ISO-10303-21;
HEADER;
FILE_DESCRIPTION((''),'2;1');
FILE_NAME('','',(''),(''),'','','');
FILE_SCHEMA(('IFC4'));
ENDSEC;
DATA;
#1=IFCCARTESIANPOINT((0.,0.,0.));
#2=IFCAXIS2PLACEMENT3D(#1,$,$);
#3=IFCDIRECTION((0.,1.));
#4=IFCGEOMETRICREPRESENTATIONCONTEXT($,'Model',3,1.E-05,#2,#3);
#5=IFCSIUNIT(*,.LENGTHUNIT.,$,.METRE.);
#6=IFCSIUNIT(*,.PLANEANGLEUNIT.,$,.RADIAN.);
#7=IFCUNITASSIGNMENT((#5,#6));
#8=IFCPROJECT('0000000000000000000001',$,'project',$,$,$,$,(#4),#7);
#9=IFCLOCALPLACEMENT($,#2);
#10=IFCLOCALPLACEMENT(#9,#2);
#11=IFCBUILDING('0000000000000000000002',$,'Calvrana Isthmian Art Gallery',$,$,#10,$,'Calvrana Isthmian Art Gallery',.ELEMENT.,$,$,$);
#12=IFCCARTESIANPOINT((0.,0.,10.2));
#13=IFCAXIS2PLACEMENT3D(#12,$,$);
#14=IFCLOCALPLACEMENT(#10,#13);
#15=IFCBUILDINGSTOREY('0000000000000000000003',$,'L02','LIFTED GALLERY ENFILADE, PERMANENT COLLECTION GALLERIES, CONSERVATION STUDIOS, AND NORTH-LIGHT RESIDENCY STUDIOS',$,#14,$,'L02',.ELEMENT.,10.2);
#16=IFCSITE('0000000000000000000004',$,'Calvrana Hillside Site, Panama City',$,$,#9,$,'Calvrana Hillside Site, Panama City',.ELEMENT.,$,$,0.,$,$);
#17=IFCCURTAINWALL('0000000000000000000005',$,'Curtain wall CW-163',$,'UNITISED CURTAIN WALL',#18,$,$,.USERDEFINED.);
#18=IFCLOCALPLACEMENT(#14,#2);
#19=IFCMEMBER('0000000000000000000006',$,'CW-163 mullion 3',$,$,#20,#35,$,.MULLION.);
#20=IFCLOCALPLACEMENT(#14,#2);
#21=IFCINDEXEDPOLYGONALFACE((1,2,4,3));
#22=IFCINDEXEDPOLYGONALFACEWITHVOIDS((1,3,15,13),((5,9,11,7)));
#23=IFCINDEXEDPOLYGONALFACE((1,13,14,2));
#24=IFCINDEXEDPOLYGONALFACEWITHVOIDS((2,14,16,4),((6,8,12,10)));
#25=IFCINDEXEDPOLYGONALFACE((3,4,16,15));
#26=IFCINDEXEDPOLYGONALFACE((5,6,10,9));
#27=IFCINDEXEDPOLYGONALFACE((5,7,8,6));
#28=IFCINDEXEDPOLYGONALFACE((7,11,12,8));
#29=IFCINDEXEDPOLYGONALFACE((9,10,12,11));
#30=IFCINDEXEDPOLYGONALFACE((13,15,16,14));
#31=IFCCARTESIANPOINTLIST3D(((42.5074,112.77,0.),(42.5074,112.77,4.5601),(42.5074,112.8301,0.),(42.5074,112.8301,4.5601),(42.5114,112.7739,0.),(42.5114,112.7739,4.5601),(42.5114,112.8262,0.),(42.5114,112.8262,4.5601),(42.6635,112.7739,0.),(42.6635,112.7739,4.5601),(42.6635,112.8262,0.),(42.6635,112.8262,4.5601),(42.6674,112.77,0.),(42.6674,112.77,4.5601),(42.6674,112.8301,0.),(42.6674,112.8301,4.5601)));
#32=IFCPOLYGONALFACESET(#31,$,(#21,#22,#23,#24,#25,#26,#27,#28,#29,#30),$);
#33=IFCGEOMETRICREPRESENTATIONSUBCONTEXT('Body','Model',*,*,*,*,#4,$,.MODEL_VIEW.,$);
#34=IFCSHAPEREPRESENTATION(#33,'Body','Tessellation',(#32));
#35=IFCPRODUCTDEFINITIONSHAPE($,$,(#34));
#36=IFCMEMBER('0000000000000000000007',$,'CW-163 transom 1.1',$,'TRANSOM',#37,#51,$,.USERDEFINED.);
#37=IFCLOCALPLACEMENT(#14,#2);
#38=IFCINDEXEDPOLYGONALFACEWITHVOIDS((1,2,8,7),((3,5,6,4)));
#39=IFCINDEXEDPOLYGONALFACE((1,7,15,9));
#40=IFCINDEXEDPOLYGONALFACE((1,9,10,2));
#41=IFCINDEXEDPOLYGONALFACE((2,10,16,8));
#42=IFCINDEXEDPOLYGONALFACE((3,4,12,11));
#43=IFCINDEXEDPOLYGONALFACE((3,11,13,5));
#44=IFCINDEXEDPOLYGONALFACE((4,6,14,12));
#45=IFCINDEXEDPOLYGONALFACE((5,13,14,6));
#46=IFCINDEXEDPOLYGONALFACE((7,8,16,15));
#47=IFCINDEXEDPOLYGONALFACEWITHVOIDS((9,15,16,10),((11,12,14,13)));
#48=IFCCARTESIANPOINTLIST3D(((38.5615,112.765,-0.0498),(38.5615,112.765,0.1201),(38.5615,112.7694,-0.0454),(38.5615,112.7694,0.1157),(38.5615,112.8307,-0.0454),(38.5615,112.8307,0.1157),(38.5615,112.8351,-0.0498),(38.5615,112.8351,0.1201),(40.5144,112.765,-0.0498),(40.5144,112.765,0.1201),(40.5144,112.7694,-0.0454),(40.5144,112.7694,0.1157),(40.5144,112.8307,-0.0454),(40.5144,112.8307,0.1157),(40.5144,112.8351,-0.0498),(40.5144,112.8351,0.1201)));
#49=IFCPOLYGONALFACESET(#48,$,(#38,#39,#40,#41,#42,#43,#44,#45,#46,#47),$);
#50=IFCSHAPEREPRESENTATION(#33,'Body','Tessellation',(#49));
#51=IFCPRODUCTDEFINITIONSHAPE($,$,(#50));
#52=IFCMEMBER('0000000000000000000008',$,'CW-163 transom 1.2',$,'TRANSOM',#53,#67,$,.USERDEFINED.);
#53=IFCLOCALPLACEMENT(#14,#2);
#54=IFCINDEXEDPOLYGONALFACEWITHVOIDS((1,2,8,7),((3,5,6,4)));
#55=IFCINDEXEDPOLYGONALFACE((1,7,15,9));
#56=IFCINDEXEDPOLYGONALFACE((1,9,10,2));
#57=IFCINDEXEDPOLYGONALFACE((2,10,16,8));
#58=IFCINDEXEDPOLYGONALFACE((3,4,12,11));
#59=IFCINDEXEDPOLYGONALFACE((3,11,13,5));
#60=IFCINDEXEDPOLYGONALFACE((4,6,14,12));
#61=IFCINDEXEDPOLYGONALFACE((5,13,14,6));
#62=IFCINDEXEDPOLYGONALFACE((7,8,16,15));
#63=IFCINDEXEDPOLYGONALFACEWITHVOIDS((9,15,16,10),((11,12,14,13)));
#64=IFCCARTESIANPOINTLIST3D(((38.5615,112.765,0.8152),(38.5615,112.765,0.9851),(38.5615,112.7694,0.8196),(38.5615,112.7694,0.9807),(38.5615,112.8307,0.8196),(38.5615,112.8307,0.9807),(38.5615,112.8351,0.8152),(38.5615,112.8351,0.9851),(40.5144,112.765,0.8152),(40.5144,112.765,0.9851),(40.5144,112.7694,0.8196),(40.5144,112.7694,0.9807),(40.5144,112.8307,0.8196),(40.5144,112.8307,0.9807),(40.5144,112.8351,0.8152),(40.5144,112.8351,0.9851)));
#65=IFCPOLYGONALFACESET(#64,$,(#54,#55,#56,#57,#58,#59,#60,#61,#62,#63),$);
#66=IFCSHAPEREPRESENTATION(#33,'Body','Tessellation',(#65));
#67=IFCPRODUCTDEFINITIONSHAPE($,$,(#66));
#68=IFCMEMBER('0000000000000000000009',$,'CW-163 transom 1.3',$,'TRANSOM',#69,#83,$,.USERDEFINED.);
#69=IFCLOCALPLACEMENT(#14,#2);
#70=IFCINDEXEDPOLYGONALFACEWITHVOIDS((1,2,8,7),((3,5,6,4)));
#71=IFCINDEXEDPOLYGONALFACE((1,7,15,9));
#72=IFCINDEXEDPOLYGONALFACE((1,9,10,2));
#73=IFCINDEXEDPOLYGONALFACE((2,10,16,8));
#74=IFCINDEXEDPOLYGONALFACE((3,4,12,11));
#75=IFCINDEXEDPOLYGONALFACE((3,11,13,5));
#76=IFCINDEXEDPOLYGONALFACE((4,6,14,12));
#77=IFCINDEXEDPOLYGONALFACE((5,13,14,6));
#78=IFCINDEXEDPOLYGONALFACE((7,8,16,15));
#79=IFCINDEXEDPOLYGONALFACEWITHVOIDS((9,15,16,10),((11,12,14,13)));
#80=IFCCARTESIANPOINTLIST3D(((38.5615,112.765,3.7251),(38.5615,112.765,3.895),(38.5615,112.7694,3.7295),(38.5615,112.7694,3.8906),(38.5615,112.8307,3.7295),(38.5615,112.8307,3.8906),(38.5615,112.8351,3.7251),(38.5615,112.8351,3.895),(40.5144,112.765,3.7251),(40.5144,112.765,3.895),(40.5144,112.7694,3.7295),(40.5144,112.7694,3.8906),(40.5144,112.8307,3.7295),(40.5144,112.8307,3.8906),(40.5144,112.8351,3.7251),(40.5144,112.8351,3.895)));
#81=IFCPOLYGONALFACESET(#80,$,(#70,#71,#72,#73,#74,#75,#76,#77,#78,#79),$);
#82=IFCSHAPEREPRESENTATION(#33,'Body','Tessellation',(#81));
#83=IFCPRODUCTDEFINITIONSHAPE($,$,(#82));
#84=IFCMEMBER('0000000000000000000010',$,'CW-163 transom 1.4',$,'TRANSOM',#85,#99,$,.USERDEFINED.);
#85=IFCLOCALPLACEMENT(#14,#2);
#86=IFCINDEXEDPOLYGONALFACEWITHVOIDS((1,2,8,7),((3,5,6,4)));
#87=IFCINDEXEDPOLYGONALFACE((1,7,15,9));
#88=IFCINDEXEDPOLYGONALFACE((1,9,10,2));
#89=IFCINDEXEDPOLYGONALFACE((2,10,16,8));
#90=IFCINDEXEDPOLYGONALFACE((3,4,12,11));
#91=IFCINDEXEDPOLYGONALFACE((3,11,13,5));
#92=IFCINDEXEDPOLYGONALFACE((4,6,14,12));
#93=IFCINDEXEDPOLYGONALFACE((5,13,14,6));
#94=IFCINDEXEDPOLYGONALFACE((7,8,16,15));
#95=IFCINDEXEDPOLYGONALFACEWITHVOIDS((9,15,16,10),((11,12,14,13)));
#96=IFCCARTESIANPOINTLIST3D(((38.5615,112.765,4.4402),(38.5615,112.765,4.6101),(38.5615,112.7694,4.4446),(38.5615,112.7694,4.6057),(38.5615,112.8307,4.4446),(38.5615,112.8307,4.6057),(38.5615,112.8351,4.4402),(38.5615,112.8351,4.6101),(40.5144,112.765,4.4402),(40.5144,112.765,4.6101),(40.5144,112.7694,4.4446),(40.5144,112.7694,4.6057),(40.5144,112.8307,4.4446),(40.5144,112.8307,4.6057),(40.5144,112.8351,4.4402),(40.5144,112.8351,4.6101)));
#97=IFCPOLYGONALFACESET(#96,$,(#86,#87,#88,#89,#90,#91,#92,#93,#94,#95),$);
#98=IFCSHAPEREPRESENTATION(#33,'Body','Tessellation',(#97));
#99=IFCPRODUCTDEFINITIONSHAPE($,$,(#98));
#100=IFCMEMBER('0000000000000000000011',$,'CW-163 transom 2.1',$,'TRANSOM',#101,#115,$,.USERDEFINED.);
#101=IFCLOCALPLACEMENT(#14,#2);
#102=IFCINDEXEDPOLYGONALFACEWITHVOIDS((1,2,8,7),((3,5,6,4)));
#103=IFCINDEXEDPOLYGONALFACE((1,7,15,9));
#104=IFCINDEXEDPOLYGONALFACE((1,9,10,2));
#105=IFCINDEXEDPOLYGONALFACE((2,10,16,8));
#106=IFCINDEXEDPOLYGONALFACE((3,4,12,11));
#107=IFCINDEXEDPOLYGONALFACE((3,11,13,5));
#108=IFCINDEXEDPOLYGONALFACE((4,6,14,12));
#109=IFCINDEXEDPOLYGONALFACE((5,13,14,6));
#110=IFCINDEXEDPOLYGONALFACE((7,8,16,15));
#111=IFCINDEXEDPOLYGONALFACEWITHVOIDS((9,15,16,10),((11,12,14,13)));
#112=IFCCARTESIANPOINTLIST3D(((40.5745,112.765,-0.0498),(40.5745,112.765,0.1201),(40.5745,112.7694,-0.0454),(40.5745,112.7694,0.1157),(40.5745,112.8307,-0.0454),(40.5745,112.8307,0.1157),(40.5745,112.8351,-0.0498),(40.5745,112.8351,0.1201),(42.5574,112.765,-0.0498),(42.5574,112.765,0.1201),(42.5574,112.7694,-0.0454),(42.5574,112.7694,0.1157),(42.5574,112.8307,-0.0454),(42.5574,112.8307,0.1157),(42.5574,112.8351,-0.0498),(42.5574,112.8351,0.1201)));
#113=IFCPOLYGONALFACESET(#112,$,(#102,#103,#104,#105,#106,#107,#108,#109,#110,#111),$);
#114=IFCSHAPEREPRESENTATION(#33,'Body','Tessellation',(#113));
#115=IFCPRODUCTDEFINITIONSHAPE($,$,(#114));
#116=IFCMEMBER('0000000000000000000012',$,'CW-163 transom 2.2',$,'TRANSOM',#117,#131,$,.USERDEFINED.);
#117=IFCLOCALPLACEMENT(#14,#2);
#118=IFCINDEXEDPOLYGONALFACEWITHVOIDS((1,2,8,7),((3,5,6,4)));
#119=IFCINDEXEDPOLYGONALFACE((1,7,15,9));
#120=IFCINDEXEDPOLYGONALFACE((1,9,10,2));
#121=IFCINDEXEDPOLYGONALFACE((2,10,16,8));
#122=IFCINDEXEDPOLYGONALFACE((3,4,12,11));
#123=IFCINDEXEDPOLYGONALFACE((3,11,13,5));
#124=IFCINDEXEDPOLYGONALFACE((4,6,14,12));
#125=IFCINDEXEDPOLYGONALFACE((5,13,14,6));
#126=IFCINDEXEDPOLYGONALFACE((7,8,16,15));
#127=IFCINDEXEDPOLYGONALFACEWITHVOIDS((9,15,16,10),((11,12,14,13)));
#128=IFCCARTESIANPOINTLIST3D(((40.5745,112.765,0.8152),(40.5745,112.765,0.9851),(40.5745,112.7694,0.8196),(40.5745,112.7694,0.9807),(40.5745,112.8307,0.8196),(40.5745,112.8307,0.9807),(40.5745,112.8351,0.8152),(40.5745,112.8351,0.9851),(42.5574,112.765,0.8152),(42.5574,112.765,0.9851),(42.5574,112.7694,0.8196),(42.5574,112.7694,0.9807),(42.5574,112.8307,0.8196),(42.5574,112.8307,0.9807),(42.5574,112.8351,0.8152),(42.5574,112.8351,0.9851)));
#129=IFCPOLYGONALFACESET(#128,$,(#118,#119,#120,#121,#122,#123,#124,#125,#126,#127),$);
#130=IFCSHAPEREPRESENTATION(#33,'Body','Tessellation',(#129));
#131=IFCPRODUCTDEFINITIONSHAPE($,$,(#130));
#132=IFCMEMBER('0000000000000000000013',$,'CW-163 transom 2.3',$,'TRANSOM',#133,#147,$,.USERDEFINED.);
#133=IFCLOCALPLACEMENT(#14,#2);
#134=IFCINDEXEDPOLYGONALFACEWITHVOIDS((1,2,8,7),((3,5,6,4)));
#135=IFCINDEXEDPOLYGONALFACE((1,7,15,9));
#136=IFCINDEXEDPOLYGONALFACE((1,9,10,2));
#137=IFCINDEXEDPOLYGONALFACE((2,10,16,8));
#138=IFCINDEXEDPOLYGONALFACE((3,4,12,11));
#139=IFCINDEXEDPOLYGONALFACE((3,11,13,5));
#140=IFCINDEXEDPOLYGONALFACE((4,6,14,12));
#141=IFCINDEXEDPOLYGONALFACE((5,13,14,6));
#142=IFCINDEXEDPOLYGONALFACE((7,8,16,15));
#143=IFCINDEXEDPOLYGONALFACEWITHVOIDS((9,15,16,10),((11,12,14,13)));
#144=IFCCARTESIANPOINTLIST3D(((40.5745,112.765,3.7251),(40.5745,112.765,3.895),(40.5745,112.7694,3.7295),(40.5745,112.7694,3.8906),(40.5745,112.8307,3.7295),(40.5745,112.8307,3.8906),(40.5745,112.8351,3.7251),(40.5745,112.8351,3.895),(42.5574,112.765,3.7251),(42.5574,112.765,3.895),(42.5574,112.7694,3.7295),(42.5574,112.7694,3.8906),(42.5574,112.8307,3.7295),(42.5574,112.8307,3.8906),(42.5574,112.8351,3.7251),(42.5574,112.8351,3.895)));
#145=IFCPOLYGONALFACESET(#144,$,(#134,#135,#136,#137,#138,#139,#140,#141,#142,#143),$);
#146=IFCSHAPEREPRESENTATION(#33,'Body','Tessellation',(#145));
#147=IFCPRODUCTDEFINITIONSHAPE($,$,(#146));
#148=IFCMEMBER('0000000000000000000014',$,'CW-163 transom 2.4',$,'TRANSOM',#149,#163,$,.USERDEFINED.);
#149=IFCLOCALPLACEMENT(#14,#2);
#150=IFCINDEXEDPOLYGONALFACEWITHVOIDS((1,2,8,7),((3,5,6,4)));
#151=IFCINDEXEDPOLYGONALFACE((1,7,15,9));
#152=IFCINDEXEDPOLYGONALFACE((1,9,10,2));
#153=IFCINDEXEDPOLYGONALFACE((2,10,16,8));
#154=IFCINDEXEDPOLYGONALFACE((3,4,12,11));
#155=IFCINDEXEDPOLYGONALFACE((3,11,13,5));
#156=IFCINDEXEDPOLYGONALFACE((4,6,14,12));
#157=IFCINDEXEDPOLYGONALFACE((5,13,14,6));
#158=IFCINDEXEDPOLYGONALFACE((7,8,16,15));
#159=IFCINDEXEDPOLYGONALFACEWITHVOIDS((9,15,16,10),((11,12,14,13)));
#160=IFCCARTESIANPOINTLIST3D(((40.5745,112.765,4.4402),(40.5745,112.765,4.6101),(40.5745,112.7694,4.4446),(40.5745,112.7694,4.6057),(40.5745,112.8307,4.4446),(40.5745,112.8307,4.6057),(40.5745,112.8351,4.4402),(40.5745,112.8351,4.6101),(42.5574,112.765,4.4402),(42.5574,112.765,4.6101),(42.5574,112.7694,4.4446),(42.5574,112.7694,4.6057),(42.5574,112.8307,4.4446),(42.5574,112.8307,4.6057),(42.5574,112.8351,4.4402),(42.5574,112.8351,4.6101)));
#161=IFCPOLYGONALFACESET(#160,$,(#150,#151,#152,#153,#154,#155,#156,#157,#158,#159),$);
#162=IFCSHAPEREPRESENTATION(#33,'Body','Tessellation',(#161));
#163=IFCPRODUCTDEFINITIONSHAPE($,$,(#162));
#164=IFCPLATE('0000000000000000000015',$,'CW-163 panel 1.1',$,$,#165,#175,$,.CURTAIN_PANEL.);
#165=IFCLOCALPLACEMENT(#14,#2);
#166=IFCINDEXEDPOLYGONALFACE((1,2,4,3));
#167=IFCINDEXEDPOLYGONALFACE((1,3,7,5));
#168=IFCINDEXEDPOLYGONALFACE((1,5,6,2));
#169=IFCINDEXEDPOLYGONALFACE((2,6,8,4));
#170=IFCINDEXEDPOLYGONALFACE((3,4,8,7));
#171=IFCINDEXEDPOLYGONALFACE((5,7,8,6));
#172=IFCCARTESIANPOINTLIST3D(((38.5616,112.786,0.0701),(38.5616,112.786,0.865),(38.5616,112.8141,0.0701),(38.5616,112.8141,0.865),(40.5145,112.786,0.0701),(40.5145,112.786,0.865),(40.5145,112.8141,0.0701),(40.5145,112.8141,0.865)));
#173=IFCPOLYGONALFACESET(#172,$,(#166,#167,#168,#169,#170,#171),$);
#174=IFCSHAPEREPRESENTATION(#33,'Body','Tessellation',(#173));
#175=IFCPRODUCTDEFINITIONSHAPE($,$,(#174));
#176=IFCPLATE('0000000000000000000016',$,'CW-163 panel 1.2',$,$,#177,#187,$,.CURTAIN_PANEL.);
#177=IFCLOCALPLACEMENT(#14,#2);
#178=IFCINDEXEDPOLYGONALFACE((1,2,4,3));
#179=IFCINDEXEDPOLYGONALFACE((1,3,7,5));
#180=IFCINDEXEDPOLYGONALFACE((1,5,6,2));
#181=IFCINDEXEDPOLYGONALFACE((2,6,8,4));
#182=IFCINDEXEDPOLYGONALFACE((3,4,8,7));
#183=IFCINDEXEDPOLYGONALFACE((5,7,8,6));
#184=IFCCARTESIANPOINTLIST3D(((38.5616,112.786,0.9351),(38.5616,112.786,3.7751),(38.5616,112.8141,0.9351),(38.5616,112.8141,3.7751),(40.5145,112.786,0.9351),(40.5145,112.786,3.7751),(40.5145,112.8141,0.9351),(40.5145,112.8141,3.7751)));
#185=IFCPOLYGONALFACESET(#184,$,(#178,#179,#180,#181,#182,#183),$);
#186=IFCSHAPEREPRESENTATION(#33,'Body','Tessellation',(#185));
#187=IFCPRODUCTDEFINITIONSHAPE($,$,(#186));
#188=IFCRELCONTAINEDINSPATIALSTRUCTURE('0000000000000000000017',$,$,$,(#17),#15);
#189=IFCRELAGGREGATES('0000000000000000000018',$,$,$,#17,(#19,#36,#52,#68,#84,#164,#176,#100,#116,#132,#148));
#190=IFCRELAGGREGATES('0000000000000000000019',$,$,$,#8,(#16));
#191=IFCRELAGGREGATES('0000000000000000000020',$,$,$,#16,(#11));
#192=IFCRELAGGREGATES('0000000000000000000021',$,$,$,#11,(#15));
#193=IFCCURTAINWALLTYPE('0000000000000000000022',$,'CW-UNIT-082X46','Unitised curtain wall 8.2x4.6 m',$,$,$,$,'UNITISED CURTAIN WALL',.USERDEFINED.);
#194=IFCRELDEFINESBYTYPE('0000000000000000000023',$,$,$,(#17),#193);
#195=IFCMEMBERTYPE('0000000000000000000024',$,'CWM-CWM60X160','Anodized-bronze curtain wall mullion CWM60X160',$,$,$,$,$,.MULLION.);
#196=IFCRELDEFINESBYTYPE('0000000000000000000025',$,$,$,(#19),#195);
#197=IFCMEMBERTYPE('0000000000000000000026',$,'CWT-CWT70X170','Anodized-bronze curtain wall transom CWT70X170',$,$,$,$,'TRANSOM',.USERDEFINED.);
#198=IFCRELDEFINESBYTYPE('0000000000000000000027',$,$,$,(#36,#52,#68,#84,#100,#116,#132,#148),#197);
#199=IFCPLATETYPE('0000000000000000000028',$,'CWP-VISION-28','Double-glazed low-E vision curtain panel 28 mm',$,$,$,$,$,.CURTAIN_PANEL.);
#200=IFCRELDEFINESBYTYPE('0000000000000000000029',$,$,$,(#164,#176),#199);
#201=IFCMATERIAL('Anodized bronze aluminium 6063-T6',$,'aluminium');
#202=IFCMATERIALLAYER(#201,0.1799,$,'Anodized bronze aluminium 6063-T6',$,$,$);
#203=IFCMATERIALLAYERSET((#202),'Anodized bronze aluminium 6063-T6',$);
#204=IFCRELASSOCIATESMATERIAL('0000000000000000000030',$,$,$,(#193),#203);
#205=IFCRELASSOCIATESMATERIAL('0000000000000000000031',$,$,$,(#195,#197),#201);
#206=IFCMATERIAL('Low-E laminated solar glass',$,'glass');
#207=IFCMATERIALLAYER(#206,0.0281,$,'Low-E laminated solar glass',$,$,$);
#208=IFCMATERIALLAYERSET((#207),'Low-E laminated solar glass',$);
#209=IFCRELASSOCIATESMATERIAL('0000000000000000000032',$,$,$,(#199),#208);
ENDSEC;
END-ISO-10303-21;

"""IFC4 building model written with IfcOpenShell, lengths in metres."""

from ifc_helpers import new_model, si_unit, direction, frame, origin, origin_2d, place, context, subcontext, project, spatial, rectangle, hollow_rectangle, extrude, material, layer, layer_set, material_profile, profile_set, type_object, element, aggregate, save


model = new_model("IFC4")

# Units and contexts
model_context = context("Model", 3, precision=1e-05, world=origin(), true_north=direction((0.0, 1.0)))
body_context = subcontext(model_context, "Body", "Model", "MODEL_VIEW")
ifc_project = project(units=[si_unit("LENGTHUNIT", "METRE"), si_unit("PLANEANGLEUNIT", "RADIAN")], contexts=[model_context])

# Site, building, storey
site_placement = place(None, origin())
site = spatial("IfcSite", under=ifc_project, at=site_placement, Name="Calvrana Hillside Site, Panama City", LongName="Calvrana Hillside Site, Panama City", CompositionType="ELEMENT", RefElevation=0.0)
building_placement = place(site_placement, origin())
building = spatial("IfcBuilding", under=site, at=building_placement, Name="Calvrana Isthmian Art Gallery", LongName="Calvrana Isthmian Art Gallery", CompositionType="ELEMENT")
storey_placement = place(building_placement, frame((0.0, 0.0, 10.2)))
storey = spatial("IfcBuildingStorey", under=building, at=storey_placement, Name="L02", Description="LIFTED GALLERY ENFILADE, PERMANENT COLLECTION GALLERIES, CONSERVATION STUDIOS, AND NORTH-LIGHT RESIDENCY STUDIOS", LongName="L02", CompositionType="ELEMENT", Elevation=10.2)

# Curtain wall, members, plates
ifc_material_1 = material(Name="Anodized bronze aluminium 6063-T6", Category="aluminium")
ifc_layer_1 = layer(ifc_material_1, 0.1799, Name="Anodized bronze aluminium 6063-T6")
ifc_layer_set_1 = layer_set([ifc_layer_1], Name="Anodized bronze aluminium 6063-T6")
curtain_wall_type = type_object("IfcCurtainWallType", Name="CW-UNIT-082X46", Description="Unitised curtain wall 8.2x4.6 m", ElementType="UNITISED CURTAIN WALL", PredefinedType="USERDEFINED", material=ifc_layer_set_1)
curtain_wall_placement = place(storey_placement, origin())
curtain_wall = element("IfcCurtainWall", 1, at=curtain_wall_placement, inside=storey, type_object=curtain_wall_type, Name="Curtain wall CW-163", ObjectType="UNITISED CURTAIN WALL", PredefinedType="USERDEFINED")
ifc_material_profile_1 = material_profile(ifc_material_1, hollow_rectangle(XDim=0.0601, YDim=0.1599, WallThickness=0.0039, at=origin_2d()), Name="CWM60X160")
ifc_profile_set_1 = profile_set([ifc_material_profile_1], Name="Anodized bronze aluminium 6063-T6")
member_type_1 = type_object("IfcMemberType", Name="CWM-CWM60X160", Description="Anodized-bronze curtain wall mullion CWM60X160", PredefinedType="MULLION", material=ifc_profile_set_1)
member_1_placement = place(storey_placement, frame((42.5874, 112.8, 0.0), z_axis=(0.0, 0.0, 1.0), x_axis=(0.0, 1.0, 0.0)))
member_1 = element("IfcMember", 2, at=member_1_placement, type_object=member_type_1, Name="CW-163 mullion 3", PredefinedType="MULLION", context=body_context, shape_type="SweptSolid", body=[
    extrude(hollow_rectangle(XDim=0.0601, YDim=0.1599, WallThickness=0.0039, at=origin_2d()), origin(), (0.0, 0.0, 1.0), 4.5601),
])
ifc_material_profile_2 = material_profile(ifc_material_1, hollow_rectangle(XDim=0.0701, YDim=0.1699, WallThickness=0.0044, at=origin_2d()), Name="CWT70X170")
ifc_profile_set_2 = profile_set([ifc_material_profile_2], Name="Anodized bronze aluminium 6063-T6")
member_type_2 = type_object("IfcMemberType", Name="CWT-CWT70X170", Description="Anodized-bronze curtain wall transom CWT70X170", ElementType="TRANSOM", PredefinedType="USERDEFINED", material=ifc_profile_set_2)
member_2_placement = place(storey_placement, frame((38.5615, 112.8, 0.0352), z_axis=(1.0, 0.0, 0.0), x_axis=(0.0, 1.0, 0.0)))
member_2 = element("IfcMember", 3, at=member_2_placement, type_object=member_type_2, Name="CW-163 transom 1.1", ObjectType="TRANSOM", PredefinedType="USERDEFINED", context=body_context, shape_type="SweptSolid", body=[
    extrude(hollow_rectangle(XDim=0.0701, YDim=0.1699, WallThickness=0.0044, at=origin_2d()), origin(), (0.0, 0.0, 1.0), 1.9529),
])
member_3_placement = place(storey_placement, frame((38.5615, 112.8, 0.9001), z_axis=(1.0, 0.0, 0.0), x_axis=(0.0, 1.0, 0.0)))
member_3 = element("IfcMember", 4, at=member_3_placement, type_object=member_type_2, Name="CW-163 transom 1.2", ObjectType="TRANSOM", PredefinedType="USERDEFINED", context=body_context, shape_type="SweptSolid", body=[
    extrude(hollow_rectangle(XDim=0.0701, YDim=0.1699, WallThickness=0.0044, at=origin_2d()), origin(), (0.0, 0.0, 1.0), 1.9529),
])
member_4_placement = place(storey_placement, frame((38.5615, 112.8, 3.8101), z_axis=(1.0, 0.0, 0.0), x_axis=(0.0, 1.0, 0.0)))
member_4 = element("IfcMember", 5, at=member_4_placement, type_object=member_type_2, Name="CW-163 transom 1.3", ObjectType="TRANSOM", PredefinedType="USERDEFINED", context=body_context, shape_type="SweptSolid", body=[
    extrude(hollow_rectangle(XDim=0.0701, YDim=0.1699, WallThickness=0.0044, at=origin_2d()), origin(), (0.0, 0.0, 1.0), 1.9529),
])
member_5_placement = place(storey_placement, frame((38.5615, 112.8, 4.5251), z_axis=(1.0, 0.0, 0.0), x_axis=(0.0, 1.0, 0.0)))
member_5 = element("IfcMember", 6, at=member_5_placement, type_object=member_type_2, Name="CW-163 transom 1.4", ObjectType="TRANSOM", PredefinedType="USERDEFINED", context=body_context, shape_type="SweptSolid", body=[
    extrude(hollow_rectangle(XDim=0.0701, YDim=0.1699, WallThickness=0.0044, at=origin_2d()), origin(), (0.0, 0.0, 1.0), 1.9529),
])
member_6_placement = place(storey_placement, frame((40.5745, 112.8, 0.0352), z_axis=(1.0, 0.0, 0.0), x_axis=(0.0, 1.0, 0.0)))
member_6 = element("IfcMember", 7, at=member_6_placement, type_object=member_type_2, Name="CW-163 transom 2.1", ObjectType="TRANSOM", PredefinedType="USERDEFINED", context=body_context, shape_type="SweptSolid", body=[
    extrude(hollow_rectangle(XDim=0.0701, YDim=0.1699, WallThickness=0.0044, at=origin_2d()), origin(), (0.0, 0.0, 1.0), 1.9829),
])
member_7_placement = place(storey_placement, frame((40.5745, 112.8, 0.9001), z_axis=(1.0, 0.0, 0.0), x_axis=(0.0, 1.0, 0.0)))
member_7 = element("IfcMember", 8, at=member_7_placement, type_object=member_type_2, Name="CW-163 transom 2.2", ObjectType="TRANSOM", PredefinedType="USERDEFINED", context=body_context, shape_type="SweptSolid", body=[
    extrude(hollow_rectangle(XDim=0.0701, YDim=0.1699, WallThickness=0.0044, at=origin_2d()), origin(), (0.0, 0.0, 1.0), 1.9829),
])
member_8_placement = place(storey_placement, frame((40.5745, 112.8, 3.8101), z_axis=(1.0, 0.0, 0.0), x_axis=(0.0, 1.0, 0.0)))
member_8 = element("IfcMember", 9, at=member_8_placement, type_object=member_type_2, Name="CW-163 transom 2.3", ObjectType="TRANSOM", PredefinedType="USERDEFINED", context=body_context, shape_type="SweptSolid", body=[
    extrude(hollow_rectangle(XDim=0.0701, YDim=0.1699, WallThickness=0.0044, at=origin_2d()), origin(), (0.0, 0.0, 1.0), 1.9829),
])
member_9_placement = place(storey_placement, frame((40.5745, 112.8, 4.5251), z_axis=(1.0, 0.0, 0.0), x_axis=(0.0, 1.0, 0.0)))
member_9 = element("IfcMember", 10, at=member_9_placement, type_object=member_type_2, Name="CW-163 transom 2.4", ObjectType="TRANSOM", PredefinedType="USERDEFINED", context=body_context, shape_type="SweptSolid", body=[
    extrude(hollow_rectangle(XDim=0.0701, YDim=0.1699, WallThickness=0.0044, at=origin_2d()), origin(), (0.0, 0.0, 1.0), 1.9829),
])
ifc_material_2 = material(Name="Low-E laminated solar glass", Category="glass")
ifc_layer_2 = layer(ifc_material_2, 0.0281, Name="Low-E laminated solar glass")
ifc_layer_set_2 = layer_set([ifc_layer_2], Name="Low-E laminated solar glass")
plate_type_1 = type_object("IfcPlateType", Name="CWP-VISION-28", Description="Double-glazed low-E vision curtain panel 28 mm", PredefinedType="CURTAIN_PANEL", material=ifc_layer_set_2)
plate_1_placement = place(storey_placement, frame((39.5381, 112.8, 0.0701), z_axis=(0.0, 0.0, 1.0), x_axis=(1.0, 0.0, 0.0)))
plate_1 = element("IfcPlate", 11, at=plate_1_placement, type_object=plate_type_1, Name="CW-163 panel 1.1", PredefinedType="CURTAIN_PANEL", context=body_context, shape_type="SweptSolid", body=[
    extrude(rectangle(XDim=1.9529, YDim=0.0281, at=origin_2d()), origin(), (0.0, 0.0, 1.0), 0.7949),
])
plate_2_placement = place(storey_placement, frame((39.5381, 112.8, 0.9351), z_axis=(0.0, 0.0, 1.0), x_axis=(1.0, 0.0, 0.0)))
plate_2 = element("IfcPlate", 12, at=plate_2_placement, type_object=plate_type_1, Name="CW-163 panel 1.2", PredefinedType="CURTAIN_PANEL", context=body_context, shape_type="SweptSolid", body=[
    extrude(rectangle(XDim=1.9529, YDim=0.0281, at=origin_2d()), origin(), (0.0, 0.0, 1.0), 2.8401),
])
aggregate(curtain_wall, [member_1, member_2, member_3, member_4, member_5, plate_1, plate_2, member_6, member_7, member_8, member_9])

save(model, "model.ifc")
